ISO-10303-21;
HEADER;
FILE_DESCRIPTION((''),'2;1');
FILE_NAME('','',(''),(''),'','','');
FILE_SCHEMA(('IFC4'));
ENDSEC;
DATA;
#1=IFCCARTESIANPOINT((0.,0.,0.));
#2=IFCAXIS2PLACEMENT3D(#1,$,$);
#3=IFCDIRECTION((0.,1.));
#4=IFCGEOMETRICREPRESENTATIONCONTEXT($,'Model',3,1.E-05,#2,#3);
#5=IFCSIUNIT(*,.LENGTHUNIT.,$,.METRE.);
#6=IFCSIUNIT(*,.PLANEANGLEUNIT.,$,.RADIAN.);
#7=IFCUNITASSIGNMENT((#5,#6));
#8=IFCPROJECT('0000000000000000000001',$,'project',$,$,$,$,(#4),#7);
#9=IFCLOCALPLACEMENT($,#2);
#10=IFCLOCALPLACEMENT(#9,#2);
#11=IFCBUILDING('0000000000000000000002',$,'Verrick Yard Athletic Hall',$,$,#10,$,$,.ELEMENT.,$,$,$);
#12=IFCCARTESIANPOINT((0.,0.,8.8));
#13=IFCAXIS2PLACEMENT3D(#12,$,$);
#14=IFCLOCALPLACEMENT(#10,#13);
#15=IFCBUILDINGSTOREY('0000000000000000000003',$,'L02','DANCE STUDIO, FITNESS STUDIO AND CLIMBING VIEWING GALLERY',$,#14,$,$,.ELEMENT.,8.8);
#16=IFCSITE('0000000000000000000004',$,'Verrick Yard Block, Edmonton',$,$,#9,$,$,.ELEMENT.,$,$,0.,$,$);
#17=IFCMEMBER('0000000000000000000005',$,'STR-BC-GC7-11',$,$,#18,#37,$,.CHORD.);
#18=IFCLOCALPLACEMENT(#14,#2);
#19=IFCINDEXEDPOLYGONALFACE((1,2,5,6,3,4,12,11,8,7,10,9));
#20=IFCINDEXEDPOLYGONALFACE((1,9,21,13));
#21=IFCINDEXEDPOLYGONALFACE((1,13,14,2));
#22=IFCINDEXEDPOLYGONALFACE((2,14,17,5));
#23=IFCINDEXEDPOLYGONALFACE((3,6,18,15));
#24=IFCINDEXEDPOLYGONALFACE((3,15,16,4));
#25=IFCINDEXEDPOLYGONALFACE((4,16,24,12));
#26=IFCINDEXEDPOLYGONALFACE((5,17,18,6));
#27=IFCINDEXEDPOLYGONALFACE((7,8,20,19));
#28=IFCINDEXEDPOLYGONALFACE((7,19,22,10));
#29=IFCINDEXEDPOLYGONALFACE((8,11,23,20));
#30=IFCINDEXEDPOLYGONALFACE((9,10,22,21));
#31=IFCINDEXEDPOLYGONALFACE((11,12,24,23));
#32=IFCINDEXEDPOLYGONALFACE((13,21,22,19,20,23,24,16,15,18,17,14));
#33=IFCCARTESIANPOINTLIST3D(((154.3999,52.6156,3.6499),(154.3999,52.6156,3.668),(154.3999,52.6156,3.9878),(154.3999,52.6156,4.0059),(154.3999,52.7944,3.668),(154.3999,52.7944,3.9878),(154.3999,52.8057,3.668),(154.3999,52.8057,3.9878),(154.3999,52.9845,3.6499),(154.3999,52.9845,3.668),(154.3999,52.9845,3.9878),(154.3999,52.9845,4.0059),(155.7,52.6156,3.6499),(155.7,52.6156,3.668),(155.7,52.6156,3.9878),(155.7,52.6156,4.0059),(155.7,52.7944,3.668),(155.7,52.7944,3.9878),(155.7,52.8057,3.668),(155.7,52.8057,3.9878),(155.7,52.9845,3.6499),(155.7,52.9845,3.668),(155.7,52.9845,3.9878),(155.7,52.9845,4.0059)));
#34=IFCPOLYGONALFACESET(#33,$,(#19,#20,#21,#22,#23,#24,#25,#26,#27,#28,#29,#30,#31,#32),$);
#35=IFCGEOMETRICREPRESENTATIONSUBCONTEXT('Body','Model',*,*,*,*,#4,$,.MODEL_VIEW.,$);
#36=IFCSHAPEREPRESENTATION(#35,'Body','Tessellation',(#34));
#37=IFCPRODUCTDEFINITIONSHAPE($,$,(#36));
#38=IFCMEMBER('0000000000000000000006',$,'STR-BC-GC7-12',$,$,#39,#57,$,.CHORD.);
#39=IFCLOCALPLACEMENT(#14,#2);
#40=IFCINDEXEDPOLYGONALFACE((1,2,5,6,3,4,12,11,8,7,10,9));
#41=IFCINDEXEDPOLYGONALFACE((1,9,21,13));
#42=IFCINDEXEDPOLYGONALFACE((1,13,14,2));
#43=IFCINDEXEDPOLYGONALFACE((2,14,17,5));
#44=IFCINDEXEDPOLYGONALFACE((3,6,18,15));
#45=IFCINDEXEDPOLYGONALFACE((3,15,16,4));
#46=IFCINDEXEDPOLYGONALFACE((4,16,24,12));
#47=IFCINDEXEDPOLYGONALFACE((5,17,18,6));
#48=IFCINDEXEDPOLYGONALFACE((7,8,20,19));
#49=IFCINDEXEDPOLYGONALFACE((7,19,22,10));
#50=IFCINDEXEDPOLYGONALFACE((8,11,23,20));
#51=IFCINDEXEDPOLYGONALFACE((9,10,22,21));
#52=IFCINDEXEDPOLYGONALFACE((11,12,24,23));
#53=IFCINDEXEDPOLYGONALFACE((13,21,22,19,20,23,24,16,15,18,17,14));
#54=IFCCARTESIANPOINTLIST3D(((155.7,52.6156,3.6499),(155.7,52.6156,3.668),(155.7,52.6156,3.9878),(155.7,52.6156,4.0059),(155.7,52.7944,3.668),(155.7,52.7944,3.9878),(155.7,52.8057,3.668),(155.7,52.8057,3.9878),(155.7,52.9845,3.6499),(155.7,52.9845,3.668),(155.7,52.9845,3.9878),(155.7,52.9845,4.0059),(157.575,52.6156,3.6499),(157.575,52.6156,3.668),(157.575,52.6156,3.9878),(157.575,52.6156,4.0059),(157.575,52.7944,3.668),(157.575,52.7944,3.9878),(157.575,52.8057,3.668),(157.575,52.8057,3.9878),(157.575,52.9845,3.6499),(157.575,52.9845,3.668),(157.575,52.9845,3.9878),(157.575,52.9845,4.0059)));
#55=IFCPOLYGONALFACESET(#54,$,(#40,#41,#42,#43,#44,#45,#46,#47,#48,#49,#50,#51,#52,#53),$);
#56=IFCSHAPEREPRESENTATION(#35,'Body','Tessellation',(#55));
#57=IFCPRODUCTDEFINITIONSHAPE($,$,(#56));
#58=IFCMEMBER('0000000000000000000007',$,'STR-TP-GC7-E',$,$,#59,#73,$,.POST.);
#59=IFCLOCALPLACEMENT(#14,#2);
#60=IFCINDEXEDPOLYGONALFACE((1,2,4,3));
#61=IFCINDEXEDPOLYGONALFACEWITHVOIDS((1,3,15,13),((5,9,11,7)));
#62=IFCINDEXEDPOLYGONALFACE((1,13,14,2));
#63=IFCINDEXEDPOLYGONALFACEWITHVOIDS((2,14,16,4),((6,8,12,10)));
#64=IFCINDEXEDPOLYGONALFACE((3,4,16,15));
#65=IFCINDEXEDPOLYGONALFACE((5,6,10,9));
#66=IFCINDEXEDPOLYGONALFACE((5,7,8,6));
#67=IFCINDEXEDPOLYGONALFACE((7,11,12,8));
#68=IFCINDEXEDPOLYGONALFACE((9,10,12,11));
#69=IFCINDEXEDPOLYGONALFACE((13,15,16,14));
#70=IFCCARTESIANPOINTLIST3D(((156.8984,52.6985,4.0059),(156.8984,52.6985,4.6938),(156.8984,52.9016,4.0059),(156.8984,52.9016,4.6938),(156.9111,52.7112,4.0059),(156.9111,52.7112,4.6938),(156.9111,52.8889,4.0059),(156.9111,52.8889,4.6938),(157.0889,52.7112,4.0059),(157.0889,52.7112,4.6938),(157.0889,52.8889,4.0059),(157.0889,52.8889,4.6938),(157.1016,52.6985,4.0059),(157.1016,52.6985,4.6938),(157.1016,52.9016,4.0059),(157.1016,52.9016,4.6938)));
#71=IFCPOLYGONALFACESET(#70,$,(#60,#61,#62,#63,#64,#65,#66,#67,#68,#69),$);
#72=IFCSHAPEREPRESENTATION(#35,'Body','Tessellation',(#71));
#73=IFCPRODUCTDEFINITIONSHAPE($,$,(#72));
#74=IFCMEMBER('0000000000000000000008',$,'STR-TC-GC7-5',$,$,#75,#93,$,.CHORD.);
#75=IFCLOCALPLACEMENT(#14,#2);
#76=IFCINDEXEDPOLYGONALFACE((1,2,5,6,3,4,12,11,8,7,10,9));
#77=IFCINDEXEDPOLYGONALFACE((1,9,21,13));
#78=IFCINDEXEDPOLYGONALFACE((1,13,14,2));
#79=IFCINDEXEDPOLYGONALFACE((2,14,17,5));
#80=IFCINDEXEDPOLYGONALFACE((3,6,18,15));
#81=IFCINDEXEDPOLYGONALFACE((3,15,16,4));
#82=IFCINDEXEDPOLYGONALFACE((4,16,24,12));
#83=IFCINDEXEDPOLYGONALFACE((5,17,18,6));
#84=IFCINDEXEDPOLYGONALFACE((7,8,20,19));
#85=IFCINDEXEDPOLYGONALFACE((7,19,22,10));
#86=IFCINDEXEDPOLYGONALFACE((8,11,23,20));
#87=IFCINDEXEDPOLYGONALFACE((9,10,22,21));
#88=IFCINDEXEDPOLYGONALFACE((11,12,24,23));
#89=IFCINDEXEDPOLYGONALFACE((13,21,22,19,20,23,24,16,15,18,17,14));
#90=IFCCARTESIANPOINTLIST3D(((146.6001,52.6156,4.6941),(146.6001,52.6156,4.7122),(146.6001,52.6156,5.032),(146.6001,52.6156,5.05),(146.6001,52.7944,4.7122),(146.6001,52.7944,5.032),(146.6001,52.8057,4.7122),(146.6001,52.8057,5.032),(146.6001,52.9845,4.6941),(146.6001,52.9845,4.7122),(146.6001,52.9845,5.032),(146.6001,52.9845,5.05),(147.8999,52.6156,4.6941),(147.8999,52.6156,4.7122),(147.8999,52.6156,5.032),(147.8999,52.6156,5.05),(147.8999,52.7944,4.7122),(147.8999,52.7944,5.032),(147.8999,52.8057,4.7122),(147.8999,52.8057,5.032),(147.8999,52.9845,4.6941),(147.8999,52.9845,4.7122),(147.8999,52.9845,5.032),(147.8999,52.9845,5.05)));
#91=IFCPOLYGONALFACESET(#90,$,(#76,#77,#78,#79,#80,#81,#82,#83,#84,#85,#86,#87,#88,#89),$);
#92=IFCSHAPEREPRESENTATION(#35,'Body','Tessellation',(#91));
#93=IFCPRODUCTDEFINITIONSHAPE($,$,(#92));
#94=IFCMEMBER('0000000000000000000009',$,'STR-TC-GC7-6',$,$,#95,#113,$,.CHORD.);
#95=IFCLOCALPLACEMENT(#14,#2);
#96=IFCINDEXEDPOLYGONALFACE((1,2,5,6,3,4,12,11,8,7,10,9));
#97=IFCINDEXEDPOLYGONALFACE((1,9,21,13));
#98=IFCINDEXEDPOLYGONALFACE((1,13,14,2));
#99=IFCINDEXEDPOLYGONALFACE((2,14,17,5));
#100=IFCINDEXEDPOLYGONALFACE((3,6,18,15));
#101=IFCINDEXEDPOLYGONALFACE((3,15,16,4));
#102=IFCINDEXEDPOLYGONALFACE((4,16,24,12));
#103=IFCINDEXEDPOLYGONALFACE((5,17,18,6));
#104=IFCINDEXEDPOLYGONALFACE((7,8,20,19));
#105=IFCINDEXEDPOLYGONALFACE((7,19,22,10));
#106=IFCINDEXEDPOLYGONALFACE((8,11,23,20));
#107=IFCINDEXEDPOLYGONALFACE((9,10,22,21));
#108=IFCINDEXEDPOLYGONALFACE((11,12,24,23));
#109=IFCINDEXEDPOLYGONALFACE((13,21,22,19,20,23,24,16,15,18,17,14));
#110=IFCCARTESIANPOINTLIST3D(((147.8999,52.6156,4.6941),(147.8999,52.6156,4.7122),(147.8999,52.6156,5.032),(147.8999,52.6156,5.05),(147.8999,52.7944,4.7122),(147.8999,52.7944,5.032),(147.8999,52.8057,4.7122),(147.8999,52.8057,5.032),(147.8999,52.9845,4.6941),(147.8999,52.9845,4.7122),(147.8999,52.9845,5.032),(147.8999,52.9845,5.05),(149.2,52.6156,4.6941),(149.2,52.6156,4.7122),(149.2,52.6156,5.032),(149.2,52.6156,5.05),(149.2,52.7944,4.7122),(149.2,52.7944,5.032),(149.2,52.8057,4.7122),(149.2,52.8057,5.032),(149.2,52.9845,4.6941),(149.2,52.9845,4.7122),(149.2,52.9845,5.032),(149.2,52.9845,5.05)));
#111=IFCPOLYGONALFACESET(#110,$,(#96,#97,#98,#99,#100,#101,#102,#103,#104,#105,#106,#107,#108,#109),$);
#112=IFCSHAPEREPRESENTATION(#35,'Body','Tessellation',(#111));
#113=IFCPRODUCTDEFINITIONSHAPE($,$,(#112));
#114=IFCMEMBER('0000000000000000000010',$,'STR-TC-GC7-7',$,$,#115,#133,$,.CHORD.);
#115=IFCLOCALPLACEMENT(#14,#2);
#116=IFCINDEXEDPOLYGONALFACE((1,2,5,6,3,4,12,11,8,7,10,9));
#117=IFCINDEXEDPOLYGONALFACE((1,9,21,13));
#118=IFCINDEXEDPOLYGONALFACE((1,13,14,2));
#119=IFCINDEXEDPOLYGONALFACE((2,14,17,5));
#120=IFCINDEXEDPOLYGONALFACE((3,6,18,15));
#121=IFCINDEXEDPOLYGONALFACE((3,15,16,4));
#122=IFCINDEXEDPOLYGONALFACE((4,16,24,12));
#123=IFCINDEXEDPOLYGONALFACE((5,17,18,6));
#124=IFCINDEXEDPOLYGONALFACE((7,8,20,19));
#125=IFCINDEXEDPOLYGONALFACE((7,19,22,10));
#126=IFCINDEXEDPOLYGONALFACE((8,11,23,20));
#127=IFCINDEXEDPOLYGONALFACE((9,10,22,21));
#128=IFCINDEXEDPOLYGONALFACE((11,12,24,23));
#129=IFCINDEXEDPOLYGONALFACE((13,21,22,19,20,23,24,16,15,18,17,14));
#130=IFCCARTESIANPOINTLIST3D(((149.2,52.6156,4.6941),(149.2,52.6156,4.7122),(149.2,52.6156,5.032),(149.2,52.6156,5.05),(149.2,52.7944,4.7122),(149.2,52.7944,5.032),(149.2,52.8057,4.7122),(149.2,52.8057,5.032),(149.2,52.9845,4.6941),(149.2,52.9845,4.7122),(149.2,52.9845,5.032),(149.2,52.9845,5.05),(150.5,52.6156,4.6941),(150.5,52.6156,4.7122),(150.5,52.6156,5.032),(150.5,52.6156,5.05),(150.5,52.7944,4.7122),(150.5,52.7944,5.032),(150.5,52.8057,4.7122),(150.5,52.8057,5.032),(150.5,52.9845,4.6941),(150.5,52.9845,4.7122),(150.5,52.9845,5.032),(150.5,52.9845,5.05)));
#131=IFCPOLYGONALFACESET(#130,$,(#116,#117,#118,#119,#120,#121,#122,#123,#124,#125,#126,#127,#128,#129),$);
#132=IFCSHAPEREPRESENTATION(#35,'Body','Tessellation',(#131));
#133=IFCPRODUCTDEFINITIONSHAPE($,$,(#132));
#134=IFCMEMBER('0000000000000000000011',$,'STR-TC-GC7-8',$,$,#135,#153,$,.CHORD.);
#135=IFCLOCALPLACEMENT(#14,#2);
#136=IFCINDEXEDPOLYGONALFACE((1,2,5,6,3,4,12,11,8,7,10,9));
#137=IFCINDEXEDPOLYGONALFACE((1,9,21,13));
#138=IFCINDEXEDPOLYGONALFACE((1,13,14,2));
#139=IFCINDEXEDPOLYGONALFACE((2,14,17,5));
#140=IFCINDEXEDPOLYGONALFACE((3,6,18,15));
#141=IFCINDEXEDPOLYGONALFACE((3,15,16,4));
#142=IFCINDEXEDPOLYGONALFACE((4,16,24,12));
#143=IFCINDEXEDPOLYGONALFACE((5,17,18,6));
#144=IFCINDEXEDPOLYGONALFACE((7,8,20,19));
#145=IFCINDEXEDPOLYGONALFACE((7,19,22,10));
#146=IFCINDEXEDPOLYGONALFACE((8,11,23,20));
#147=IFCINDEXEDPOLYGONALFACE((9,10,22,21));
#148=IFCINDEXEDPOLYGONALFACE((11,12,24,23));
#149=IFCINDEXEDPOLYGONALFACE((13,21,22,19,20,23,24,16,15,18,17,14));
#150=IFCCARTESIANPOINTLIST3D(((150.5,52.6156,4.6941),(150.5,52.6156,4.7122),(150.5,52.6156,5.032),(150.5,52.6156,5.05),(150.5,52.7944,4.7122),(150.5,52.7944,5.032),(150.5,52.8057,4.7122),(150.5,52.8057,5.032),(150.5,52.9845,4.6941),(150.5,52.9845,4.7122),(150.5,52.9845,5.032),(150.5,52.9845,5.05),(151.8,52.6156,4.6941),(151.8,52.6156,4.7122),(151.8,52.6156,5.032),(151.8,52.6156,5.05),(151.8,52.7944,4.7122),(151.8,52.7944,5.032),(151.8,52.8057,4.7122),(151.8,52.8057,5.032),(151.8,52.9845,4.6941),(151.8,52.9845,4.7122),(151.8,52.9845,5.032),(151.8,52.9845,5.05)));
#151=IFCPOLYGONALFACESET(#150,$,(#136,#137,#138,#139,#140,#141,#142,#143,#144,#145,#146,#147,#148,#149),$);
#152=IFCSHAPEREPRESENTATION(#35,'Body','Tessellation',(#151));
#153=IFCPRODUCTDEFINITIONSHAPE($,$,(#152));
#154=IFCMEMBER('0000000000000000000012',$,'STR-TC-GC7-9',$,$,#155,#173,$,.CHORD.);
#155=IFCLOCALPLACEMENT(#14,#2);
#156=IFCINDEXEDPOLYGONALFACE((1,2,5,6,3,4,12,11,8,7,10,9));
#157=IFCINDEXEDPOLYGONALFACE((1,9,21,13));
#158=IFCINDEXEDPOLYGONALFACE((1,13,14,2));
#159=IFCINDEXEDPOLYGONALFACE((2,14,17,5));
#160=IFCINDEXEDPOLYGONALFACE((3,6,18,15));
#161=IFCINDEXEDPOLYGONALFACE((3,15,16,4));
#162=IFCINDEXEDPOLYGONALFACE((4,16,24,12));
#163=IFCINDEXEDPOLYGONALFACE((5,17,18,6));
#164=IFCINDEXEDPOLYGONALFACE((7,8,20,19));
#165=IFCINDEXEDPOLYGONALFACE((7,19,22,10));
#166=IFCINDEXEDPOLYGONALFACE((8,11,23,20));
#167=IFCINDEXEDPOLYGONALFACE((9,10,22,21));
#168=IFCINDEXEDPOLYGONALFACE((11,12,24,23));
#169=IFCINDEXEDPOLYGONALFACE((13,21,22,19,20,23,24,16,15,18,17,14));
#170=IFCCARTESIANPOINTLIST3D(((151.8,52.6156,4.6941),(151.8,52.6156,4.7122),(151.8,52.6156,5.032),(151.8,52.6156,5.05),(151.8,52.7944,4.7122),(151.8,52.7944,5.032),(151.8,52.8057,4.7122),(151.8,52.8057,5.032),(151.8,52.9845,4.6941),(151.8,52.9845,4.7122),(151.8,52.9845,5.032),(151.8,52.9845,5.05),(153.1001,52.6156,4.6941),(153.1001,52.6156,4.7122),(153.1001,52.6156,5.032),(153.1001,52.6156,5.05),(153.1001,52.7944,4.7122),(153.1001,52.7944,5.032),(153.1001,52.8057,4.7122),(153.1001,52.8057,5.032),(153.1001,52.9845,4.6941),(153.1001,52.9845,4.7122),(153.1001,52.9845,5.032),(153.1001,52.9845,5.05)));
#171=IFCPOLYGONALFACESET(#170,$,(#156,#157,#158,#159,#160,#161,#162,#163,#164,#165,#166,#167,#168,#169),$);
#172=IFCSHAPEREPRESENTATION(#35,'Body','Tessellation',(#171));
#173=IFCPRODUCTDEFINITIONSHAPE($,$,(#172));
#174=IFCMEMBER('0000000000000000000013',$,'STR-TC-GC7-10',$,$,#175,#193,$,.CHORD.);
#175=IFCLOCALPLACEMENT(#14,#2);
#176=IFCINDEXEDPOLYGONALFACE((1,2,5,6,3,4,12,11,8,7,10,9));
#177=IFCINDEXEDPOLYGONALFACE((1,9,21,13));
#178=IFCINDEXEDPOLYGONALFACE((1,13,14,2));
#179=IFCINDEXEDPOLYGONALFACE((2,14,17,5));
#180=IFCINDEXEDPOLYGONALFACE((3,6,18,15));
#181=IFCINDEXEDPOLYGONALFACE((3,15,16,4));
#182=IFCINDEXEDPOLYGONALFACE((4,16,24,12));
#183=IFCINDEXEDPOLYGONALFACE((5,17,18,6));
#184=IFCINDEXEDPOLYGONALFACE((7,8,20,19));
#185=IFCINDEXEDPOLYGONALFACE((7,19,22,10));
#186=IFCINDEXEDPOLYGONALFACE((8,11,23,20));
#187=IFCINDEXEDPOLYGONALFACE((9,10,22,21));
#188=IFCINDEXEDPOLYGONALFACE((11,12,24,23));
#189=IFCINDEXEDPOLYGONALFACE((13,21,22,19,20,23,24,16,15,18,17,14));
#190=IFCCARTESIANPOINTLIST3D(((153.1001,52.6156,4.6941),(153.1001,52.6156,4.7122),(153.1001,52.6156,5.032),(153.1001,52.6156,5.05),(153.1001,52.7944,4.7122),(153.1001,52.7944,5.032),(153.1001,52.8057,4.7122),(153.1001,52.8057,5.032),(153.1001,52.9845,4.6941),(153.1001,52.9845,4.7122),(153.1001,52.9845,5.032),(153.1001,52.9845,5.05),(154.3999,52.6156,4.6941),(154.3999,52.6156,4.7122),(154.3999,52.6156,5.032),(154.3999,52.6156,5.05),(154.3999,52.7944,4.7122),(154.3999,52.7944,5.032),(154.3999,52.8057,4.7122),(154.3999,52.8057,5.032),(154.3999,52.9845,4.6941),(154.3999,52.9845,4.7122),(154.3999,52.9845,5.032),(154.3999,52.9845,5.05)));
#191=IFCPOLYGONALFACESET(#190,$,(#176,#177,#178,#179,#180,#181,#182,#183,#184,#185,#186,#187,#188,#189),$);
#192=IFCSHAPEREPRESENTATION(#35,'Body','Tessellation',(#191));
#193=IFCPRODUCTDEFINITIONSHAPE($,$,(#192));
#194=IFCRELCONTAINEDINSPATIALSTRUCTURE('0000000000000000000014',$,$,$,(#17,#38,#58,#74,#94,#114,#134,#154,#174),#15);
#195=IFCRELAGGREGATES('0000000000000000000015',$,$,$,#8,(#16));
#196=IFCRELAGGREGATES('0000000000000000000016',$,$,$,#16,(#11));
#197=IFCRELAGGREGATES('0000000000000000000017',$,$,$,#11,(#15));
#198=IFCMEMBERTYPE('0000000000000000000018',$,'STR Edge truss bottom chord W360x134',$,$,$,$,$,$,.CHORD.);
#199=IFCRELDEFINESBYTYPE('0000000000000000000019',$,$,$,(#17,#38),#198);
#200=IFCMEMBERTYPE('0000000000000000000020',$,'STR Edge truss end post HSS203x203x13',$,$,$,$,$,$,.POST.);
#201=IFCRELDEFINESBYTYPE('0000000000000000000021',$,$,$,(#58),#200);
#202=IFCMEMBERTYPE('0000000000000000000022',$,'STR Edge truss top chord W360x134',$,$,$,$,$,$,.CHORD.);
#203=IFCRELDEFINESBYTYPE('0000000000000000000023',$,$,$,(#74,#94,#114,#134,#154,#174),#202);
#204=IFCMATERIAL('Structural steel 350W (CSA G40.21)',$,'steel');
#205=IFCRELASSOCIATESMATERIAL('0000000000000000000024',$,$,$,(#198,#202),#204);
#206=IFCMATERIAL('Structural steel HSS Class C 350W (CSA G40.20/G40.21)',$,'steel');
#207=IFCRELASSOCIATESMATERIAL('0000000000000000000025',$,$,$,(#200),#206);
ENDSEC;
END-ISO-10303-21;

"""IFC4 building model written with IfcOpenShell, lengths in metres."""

from ifc_helpers import new_model, si_unit, direction, frame, origin, origin_2d, place, context, subcontext, project, spatial, hollow_rectangle, i_section, extrude, material, material_profile, profile_set, type_object, element, save


model = new_model("IFC4")

# Units and contexts
model_context = context("Model", 3, precision=1e-05, world=origin(), true_north=direction((0.0, 1.0)))
body_context = subcontext(model_context, "Body", "Model", "MODEL_VIEW")
ifc_project = project(units=[si_unit("LENGTHUNIT", "METRE"), si_unit("PLANEANGLEUNIT", "RADIAN")], contexts=[model_context])

# Site, building, storey
site_placement = place(None, origin())
site = spatial("IfcSite", under=ifc_project, at=site_placement, Name="Verrick Yard Block, Edmonton", CompositionType="ELEMENT", RefElevation=0.0)
building_placement = place(site_placement, origin())
building = spatial("IfcBuilding", under=site, at=building_placement, Name="Verrick Yard Athletic Hall", CompositionType="ELEMENT")
storey_placement = place(building_placement, frame((0.0, 0.0, 8.8)))
storey = spatial("IfcBuildingStorey", under=building, at=storey_placement, Name="L02", Description="DANCE STUDIO, FITNESS STUDIO AND CLIMBING VIEWING GALLERY", CompositionType="ELEMENT", Elevation=8.8)

# Shared definitions
ifc_material_1 = material(Name="Structural steel 350W (CSA G40.21)", Category="steel")

# Shared definitions
ifc_material_2 = material(Name="Structural steel HSS Class C 350W (CSA G40.20/G40.21)", Category="steel")

# Members
ifc_material_profile_1 = material_profile(ifc_material_1, i_section(OverallWidth=0.3689, OverallDepth=0.356, WebThickness=0.0112, FlangeThickness=0.0181, at=origin_2d()), Name="W360x134")
ifc_profile_set_1 = profile_set([ifc_material_profile_1], Name="Structural steel 350W (CSA G40.21)")
member_type_1 = type_object("IfcMemberType", Name="STR Edge truss bottom chord W360x134", PredefinedType="CHORD", material=ifc_profile_set_1)
member_1_placement = place(storey_placement, frame((154.3999, 52.8, 3.8279), z_axis=(1.0, 0.0, 0.0), x_axis=(0.0, 1.0, 0.0)))
element("IfcMember", 1, at=member_1_placement, inside=storey, type_object=member_type_1, Name="STR-BC-GC7-11", PredefinedType="CHORD", context=body_context, shape_type="SweptSolid", body=[
    extrude(i_section(OverallWidth=0.3689, OverallDepth=0.356, WebThickness=0.0112, FlangeThickness=0.0181, at=origin_2d()), origin(), (0.0, 0.0, 1.0), 1.3),
])
member_2_placement = place(storey_placement, frame((155.7, 52.8, 3.8279), z_axis=(1.0, 0.0, 0.0), x_axis=(0.0, 1.0, 0.0)))
element("IfcMember", 2, at=member_2_placement, inside=storey, type_object=member_type_1, Name="STR-BC-GC7-12", PredefinedType="CHORD", context=body_context, shape_type="SweptSolid", body=[
    extrude(i_section(OverallWidth=0.3689, OverallDepth=0.356, WebThickness=0.0112, FlangeThickness=0.0181, at=origin_2d()), origin(), (0.0, 0.0, 1.0), 1.875),
])
ifc_material_profile_2 = material_profile(ifc_material_2, hollow_rectangle(XDim=0.2031, YDim=0.2031, WallThickness=0.0127, at=origin_2d()), Name="HSS203x203x13")
ifc_profile_set_2 = profile_set([ifc_material_profile_2], Name="Structural steel HSS Class C 350W (CSA G40.20/G40.21)")
member_type_2 = type_object("IfcMemberType", Name="STR Edge truss end post HSS203x203x13", PredefinedType="POST", material=ifc_profile_set_2)
member_3_placement = place(storey_placement, frame((157.0, 52.8, 4.0059), z_axis=(0.0, 0.0, 1.0), x_axis=(1.0, 0.0, 0.0)))
element("IfcMember", 3, at=member_3_placement, inside=storey, type_object=member_type_2, Name="STR-TP-GC7-E", PredefinedType="POST", context=body_context, shape_type="SweptSolid", body=[
    extrude(hollow_rectangle(XDim=0.2031, YDim=0.2031, WallThickness=0.0127, at=origin_2d()), origin(), (0.0, 0.0, 1.0), 0.688),
])
ifc_material_profile_3 = material_profile(ifc_material_1, i_section(OverallWidth=0.3689, OverallDepth=0.356, WebThickness=0.0112, FlangeThickness=0.0181, at=origin_2d()), Name="W360x134")
ifc_profile_set_3 = profile_set([ifc_material_profile_3], Name="Structural steel 350W (CSA G40.21)")
member_type_3 = type_object("IfcMemberType", Name="STR Edge truss top chord W360x134", PredefinedType="CHORD", material=ifc_profile_set_3)
member_4_placement = place(storey_placement, frame((146.6001, 52.8, 4.8721), z_axis=(1.0, 0.0, 0.0), x_axis=(0.0, 1.0, 0.0)))
element("IfcMember", 4, at=member_4_placement, inside=storey, type_object=member_type_3, Name="STR-TC-GC7-5", PredefinedType="CHORD", context=body_context, shape_type="SweptSolid", body=[
    extrude(i_section(OverallWidth=0.3689, OverallDepth=0.356, WebThickness=0.0112, FlangeThickness=0.0181, at=origin_2d()), origin(), (0.0, 0.0, 1.0), 1.2998),
])
for number, where, z_axis, x_axis, name in (
    (5, (147.8999, 52.8, 4.8721), (1.0, 0.0, 0.0), (0.0, 1.0, 0.0), "STR-TC-GC7-6"),
    (6, (149.2, 52.8, 4.8721), (1.0, 0.0, 0.0), (0.0, 1.0, 0.0), "STR-TC-GC7-7"),
    (7, (150.5, 52.8, 4.8721), (1.0, 0.0, 0.0), (0.0, 1.0, 0.0), "STR-TC-GC7-8"),
    (8, (151.8, 52.8, 4.8721), (1.0, 0.0, 0.0), (0.0, 1.0, 0.0), "STR-TC-GC7-9"),
):
    element("IfcMember", number, at=place(storey_placement, frame(where, z_axis=z_axis, x_axis=x_axis)), inside=storey, type_object=member_type_3, Name=name, PredefinedType="CHORD", context=body_context, shape_type="SweptSolid", body=[
        extrude(i_section(OverallWidth=0.3689, OverallDepth=0.356, WebThickness=0.0112, FlangeThickness=0.0181, at=origin_2d()), origin(), (0.0, 0.0, 1.0), 1.3),
    ])
member_5_placement = place(storey_placement, frame((153.1001, 52.8, 4.8721), z_axis=(1.0, 0.0, 0.0), x_axis=(0.0, 1.0, 0.0)))
element("IfcMember", 9, at=member_5_placement, inside=storey, type_object=member_type_3, Name="STR-TC-GC7-10", PredefinedType="CHORD", context=body_context, shape_type="SweptSolid", body=[
    extrude(i_section(OverallWidth=0.3689, OverallDepth=0.356, WebThickness=0.0112, FlangeThickness=0.0181, at=origin_2d()), origin(), (0.0, 0.0, 1.0), 1.2998),
])

save(model, "model.ifc")
